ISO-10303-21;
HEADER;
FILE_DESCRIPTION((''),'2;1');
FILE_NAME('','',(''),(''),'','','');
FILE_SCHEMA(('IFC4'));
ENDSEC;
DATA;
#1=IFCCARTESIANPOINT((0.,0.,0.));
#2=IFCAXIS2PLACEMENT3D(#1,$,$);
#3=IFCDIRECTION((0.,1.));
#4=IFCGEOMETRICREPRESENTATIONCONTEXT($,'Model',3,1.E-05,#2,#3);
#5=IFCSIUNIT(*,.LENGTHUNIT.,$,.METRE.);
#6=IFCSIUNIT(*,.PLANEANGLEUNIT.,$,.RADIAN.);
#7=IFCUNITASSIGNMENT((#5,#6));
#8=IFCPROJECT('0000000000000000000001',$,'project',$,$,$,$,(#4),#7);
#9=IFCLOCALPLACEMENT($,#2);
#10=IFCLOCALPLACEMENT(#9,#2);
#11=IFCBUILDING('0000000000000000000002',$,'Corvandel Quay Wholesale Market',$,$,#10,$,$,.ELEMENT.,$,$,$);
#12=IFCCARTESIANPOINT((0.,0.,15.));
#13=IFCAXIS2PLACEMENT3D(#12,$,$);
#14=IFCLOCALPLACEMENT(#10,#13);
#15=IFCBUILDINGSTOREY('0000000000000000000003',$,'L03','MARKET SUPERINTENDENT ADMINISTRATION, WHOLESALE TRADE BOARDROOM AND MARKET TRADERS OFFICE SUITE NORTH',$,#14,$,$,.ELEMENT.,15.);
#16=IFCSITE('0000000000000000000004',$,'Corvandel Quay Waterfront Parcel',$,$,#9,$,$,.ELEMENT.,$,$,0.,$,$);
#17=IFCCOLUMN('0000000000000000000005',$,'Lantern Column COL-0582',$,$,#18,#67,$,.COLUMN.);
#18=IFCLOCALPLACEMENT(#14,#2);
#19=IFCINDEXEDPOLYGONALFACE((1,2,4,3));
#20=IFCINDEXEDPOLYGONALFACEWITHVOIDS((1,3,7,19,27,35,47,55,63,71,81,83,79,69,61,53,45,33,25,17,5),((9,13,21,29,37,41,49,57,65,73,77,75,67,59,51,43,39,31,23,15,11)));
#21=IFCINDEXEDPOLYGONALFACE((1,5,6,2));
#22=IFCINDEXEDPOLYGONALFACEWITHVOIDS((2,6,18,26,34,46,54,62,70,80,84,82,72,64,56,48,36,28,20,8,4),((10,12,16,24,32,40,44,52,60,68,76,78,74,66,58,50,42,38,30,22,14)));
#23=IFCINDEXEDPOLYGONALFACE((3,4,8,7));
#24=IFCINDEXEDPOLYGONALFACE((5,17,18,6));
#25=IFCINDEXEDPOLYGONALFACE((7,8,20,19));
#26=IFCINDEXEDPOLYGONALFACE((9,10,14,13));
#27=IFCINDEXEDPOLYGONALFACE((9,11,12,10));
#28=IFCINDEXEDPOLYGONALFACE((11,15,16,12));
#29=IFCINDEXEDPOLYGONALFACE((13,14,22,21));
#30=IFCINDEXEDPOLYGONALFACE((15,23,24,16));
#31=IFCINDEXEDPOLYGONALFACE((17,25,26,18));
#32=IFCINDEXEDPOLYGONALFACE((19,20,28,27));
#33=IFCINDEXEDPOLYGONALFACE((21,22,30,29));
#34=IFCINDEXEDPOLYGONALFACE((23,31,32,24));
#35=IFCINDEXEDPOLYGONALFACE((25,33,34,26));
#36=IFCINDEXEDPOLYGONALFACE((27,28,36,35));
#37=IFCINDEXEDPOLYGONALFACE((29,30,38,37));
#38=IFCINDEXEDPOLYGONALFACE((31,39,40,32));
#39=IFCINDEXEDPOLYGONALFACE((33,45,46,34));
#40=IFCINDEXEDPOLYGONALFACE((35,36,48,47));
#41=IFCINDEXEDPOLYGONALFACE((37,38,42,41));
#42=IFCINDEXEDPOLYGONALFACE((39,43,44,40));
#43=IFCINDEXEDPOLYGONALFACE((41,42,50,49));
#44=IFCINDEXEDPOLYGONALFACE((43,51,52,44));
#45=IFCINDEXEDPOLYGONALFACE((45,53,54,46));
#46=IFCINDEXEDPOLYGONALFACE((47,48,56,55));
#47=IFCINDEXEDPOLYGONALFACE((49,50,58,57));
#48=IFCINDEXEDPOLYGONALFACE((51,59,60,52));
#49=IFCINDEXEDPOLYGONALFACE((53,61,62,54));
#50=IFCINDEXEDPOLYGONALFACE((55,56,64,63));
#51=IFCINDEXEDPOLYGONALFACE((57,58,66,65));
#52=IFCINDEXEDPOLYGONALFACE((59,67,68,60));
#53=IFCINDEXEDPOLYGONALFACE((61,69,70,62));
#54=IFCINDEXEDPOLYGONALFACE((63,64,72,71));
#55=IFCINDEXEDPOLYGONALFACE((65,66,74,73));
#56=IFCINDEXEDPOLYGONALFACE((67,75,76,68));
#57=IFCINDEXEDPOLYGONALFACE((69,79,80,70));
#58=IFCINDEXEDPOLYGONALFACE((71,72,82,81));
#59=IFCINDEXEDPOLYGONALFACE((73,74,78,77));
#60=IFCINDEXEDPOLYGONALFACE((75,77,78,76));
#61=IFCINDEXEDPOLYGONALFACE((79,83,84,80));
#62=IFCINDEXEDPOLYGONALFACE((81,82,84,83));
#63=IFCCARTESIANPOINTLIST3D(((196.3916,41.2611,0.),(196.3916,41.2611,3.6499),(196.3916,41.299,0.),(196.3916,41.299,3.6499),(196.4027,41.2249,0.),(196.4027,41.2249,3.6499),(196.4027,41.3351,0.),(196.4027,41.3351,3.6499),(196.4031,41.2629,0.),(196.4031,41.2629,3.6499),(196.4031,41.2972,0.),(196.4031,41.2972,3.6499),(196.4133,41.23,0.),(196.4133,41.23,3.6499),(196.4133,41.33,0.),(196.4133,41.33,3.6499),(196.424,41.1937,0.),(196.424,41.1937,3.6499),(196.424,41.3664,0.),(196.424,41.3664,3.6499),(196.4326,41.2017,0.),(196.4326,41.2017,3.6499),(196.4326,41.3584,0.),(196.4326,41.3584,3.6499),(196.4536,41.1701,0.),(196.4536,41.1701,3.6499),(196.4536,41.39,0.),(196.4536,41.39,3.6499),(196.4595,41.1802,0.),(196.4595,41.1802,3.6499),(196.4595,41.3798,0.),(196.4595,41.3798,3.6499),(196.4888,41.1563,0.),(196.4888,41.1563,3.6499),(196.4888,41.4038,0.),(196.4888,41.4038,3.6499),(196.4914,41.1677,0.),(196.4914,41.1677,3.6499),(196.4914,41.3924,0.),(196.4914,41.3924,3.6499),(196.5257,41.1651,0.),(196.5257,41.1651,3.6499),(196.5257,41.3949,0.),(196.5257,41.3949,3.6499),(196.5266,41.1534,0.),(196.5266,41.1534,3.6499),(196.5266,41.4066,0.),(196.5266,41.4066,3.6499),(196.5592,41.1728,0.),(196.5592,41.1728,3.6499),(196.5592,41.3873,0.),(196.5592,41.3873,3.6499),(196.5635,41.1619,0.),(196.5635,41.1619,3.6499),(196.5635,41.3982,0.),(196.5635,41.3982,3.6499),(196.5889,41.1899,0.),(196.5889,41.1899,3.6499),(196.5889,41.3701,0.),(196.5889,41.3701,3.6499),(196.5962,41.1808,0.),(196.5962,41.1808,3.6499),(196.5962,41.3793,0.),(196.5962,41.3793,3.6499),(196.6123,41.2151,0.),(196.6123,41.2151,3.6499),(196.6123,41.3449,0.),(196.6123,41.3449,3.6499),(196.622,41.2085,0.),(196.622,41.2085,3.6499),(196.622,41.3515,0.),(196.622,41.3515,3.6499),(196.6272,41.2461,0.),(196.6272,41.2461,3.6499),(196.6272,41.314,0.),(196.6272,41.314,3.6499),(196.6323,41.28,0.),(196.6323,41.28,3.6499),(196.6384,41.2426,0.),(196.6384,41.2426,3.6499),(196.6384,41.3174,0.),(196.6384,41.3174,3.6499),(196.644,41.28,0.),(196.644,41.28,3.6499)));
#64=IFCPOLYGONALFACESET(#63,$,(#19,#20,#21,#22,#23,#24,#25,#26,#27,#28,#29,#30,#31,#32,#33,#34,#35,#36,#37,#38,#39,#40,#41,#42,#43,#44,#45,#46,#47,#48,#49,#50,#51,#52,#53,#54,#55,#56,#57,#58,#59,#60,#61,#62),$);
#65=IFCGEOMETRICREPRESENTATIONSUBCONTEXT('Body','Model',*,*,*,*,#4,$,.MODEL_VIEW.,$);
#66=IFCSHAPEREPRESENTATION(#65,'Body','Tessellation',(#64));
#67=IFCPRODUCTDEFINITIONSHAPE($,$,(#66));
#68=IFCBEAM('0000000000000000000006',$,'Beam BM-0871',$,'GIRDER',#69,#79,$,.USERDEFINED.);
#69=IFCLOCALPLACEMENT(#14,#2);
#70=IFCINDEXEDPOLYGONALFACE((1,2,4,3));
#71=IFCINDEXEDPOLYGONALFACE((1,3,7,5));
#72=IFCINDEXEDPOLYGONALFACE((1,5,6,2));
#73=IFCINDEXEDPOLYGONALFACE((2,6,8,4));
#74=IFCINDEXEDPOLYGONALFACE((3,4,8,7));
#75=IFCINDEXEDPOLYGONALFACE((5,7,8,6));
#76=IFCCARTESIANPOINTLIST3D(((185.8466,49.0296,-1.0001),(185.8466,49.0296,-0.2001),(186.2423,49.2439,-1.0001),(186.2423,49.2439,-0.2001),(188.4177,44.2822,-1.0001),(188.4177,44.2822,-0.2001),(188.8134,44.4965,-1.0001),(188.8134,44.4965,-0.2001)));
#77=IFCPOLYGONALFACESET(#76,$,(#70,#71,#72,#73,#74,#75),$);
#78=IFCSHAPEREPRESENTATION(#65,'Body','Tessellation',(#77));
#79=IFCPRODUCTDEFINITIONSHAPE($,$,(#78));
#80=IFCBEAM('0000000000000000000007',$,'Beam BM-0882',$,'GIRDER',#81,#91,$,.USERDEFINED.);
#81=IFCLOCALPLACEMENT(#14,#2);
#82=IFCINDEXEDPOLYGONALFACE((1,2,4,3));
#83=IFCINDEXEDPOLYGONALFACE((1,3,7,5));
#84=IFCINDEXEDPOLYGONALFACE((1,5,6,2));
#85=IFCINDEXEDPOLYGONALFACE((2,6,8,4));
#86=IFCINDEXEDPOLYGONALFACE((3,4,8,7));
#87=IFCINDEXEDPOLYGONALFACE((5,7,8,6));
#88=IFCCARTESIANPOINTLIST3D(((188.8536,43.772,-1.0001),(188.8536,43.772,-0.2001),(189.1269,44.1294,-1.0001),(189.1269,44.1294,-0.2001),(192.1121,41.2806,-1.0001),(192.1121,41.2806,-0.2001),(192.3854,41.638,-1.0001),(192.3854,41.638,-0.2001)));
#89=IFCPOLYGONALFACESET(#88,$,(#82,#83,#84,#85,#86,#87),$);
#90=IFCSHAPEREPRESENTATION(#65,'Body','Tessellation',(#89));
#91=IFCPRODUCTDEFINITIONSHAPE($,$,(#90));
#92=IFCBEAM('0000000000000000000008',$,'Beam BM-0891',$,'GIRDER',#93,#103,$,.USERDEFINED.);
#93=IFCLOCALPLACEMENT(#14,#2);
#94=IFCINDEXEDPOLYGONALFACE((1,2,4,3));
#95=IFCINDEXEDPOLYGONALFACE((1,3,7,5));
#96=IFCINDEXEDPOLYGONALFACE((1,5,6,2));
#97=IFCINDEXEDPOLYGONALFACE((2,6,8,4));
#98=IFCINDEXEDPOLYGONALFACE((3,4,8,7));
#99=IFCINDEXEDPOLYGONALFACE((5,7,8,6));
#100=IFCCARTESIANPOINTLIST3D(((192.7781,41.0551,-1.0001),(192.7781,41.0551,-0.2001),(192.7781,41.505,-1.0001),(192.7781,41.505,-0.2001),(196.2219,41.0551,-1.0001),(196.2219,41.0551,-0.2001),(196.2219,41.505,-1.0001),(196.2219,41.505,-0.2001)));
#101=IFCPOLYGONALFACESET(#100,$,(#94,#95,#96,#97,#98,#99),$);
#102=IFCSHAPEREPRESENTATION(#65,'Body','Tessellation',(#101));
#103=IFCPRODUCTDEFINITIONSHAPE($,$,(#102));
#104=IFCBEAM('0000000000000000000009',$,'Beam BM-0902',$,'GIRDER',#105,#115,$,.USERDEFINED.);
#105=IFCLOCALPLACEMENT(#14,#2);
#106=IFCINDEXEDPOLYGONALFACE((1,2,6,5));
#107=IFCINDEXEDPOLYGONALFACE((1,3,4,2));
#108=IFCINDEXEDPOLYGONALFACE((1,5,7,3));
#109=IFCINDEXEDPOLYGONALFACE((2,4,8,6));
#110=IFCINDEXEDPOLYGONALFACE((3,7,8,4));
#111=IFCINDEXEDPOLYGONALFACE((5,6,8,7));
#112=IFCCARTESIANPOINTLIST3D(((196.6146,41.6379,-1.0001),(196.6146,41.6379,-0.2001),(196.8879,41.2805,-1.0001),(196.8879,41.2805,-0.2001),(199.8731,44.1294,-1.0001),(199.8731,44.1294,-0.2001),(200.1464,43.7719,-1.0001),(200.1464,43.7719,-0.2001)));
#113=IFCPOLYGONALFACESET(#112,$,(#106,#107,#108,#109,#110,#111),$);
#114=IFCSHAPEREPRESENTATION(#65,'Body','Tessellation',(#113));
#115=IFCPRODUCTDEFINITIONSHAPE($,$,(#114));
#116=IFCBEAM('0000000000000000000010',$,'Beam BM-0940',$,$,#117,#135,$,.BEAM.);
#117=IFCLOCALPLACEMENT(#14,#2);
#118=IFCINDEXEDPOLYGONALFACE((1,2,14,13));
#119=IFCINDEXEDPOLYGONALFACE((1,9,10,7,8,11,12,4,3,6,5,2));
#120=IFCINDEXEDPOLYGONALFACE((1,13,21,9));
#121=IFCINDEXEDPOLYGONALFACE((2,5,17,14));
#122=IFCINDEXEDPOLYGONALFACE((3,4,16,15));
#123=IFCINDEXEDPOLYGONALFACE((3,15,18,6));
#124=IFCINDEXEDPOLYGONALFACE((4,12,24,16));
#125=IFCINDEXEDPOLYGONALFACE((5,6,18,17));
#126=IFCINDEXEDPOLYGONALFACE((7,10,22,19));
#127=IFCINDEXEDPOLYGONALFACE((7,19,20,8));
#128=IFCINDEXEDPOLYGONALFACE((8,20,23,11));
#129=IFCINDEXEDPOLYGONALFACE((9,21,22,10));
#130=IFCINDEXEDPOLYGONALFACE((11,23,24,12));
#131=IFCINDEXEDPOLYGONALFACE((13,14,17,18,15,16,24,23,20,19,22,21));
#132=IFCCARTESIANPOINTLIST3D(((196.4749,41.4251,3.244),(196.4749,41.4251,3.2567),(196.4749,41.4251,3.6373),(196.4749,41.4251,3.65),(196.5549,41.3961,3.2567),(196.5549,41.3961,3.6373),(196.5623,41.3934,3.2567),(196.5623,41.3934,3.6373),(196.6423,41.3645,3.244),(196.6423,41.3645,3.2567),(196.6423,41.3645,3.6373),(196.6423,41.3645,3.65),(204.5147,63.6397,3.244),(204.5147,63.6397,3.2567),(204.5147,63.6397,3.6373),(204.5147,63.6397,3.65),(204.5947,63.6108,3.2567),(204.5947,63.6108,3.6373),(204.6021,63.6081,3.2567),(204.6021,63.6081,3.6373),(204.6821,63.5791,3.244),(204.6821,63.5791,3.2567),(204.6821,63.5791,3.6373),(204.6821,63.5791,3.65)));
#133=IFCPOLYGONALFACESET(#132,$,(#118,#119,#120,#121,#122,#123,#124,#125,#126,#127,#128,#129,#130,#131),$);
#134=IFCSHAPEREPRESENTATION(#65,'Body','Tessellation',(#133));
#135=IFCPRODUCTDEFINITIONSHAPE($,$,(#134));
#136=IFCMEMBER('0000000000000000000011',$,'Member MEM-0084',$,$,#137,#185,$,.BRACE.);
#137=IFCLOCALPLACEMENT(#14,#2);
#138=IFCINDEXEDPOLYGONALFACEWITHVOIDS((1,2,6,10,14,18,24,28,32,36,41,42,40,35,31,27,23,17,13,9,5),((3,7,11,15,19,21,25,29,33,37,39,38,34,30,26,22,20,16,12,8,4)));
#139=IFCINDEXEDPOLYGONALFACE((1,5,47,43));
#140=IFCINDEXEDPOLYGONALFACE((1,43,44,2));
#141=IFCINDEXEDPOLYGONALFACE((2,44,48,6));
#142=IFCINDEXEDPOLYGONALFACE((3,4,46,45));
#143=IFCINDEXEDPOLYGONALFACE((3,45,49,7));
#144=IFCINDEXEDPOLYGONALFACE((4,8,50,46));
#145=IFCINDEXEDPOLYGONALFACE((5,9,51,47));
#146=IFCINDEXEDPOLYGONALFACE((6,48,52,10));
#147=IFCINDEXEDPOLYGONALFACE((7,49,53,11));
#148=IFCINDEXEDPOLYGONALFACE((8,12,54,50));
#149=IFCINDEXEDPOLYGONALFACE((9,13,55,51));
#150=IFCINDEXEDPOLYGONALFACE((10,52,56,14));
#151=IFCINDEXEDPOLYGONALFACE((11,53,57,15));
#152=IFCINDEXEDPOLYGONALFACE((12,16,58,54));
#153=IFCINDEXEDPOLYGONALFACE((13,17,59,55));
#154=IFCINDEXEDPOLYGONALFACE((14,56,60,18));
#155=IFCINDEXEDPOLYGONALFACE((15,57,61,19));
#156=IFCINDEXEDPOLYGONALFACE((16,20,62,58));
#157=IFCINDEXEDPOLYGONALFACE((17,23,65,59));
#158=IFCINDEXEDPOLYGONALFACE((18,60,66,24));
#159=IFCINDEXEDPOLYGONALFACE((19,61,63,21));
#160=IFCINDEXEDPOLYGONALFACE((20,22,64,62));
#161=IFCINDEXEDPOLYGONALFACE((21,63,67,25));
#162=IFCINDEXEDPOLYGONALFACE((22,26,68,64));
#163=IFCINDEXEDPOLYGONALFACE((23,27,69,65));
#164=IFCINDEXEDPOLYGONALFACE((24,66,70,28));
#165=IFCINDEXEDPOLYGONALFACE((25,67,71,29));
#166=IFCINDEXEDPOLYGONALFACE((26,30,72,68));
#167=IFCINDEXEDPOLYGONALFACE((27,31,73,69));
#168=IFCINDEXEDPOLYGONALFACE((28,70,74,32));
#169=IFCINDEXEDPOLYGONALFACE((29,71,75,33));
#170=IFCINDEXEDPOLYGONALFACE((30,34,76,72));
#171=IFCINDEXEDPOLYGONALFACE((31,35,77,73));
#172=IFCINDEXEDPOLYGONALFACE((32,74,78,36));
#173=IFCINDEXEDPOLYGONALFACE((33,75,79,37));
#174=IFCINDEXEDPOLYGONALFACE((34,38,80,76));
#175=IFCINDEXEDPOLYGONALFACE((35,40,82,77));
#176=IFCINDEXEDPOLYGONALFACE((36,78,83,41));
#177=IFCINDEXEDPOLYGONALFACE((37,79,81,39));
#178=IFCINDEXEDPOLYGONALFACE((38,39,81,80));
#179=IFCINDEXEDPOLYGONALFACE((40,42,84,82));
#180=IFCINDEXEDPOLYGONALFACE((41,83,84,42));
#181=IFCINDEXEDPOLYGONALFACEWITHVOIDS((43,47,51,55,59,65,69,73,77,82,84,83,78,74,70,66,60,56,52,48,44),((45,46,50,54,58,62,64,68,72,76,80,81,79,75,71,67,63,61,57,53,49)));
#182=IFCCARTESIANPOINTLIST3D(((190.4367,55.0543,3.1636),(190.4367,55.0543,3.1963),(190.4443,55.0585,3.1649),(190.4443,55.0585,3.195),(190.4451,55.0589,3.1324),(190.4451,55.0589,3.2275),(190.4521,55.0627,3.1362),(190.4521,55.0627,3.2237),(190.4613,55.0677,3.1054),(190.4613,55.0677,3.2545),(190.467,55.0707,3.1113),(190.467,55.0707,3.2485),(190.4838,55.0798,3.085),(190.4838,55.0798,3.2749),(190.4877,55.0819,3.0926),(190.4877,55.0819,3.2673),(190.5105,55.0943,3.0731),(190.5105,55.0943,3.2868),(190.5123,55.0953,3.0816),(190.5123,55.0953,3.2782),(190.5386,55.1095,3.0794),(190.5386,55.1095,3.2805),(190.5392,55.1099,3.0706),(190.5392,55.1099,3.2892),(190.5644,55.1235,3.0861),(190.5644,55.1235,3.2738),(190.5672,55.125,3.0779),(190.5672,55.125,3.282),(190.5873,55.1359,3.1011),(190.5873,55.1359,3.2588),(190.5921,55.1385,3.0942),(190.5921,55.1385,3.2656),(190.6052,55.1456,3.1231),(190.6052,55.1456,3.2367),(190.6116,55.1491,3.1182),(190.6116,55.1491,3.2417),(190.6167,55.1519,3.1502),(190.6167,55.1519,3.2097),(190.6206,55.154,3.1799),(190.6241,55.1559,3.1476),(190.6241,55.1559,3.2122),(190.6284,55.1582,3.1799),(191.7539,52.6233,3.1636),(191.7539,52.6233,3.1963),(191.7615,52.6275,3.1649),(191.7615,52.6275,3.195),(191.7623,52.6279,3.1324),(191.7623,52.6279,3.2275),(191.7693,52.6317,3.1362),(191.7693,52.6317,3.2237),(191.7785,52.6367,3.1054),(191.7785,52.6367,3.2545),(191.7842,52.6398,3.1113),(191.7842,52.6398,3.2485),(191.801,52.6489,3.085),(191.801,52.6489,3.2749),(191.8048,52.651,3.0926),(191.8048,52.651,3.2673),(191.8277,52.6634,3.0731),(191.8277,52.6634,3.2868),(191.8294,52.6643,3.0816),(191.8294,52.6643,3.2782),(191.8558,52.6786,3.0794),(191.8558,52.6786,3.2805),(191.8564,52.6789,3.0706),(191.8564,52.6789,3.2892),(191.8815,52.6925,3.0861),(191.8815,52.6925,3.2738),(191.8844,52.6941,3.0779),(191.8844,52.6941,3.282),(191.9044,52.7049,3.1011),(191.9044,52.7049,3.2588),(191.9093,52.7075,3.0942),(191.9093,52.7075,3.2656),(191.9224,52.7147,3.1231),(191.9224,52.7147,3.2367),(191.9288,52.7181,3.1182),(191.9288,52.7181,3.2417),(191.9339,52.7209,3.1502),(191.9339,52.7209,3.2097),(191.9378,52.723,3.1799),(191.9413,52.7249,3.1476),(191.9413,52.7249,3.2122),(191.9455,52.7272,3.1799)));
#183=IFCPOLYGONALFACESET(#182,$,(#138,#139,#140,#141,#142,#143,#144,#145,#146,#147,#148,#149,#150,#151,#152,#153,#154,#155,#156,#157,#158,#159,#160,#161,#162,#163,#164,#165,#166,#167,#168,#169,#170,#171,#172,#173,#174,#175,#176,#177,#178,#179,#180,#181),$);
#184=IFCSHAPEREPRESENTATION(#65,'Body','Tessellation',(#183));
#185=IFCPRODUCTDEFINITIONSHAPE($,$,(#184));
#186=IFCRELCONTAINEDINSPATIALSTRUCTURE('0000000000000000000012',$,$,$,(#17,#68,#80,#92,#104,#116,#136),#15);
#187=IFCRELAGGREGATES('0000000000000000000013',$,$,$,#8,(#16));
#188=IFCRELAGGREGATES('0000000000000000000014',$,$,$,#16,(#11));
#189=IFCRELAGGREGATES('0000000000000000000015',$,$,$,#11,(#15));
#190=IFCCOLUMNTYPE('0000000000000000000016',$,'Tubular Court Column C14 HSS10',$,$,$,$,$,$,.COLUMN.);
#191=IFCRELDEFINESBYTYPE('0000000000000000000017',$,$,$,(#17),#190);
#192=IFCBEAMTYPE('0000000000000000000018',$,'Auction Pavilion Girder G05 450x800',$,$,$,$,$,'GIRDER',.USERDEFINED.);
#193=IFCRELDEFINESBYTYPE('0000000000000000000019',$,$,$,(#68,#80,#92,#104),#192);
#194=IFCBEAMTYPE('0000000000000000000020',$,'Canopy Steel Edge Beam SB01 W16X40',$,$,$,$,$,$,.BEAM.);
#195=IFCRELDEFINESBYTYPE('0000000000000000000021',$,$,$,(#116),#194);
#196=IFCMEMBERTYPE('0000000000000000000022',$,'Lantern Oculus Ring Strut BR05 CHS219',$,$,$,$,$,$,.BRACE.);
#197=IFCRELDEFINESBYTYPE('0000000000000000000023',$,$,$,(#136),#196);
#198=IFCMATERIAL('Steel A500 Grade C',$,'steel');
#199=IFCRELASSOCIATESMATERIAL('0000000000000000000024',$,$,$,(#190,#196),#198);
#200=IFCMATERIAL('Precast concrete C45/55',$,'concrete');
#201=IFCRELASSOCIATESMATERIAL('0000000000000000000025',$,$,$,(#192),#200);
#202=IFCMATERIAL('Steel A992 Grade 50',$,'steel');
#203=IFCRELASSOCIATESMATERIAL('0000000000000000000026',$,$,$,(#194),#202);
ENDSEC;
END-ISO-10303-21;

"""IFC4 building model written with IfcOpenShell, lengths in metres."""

from ifc_helpers import new_model, si_unit, direction, frame, origin, origin_2d, place, context, subcontext, project, spatial, rectangle, hollow_circle, i_section, extrude, material, material_profile, profile_set, type_object, element, save


model = new_model("IFC4")

# Units and contexts
model_context = context("Model", 3, precision=1e-05, world=origin(), true_north=direction((0.0, 1.0)))
body_context = subcontext(model_context, "Body", "Model", "MODEL_VIEW")
ifc_project = project(units=[si_unit("LENGTHUNIT", "METRE"), si_unit("PLANEANGLEUNIT", "RADIAN")], contexts=[model_context])

# Site, building, storey
site_placement = place(None, origin())
site = spatial("IfcSite", under=ifc_project, at=site_placement, Name="Corvandel Quay Waterfront Parcel", CompositionType="ELEMENT", RefElevation=0.0)
building_placement = place(site_placement, origin())
building = spatial("IfcBuilding", under=site, at=building_placement, Name="Corvandel Quay Wholesale Market", CompositionType="ELEMENT")
storey_placement = place(building_placement, frame((0.0, 0.0, 15.0)))
storey = spatial("IfcBuildingStorey", under=building, at=storey_placement, Name="L03", Description="MARKET SUPERINTENDENT ADMINISTRATION, WHOLESALE TRADE BOARDROOM AND MARKET TRADERS OFFICE SUITE NORTH", CompositionType="ELEMENT", Elevation=15.0)

# Column
ifc_material_1 = material(Name="Steel A500 Grade C", Category="steel")
ifc_material_profile_1 = material_profile(ifc_material_1, hollow_circle(Radius=0.127, WallThickness=0.0117, at=origin_2d()), Name="HSS10.000X0.500")
ifc_profile_set_1 = profile_set([ifc_material_profile_1], Name="Steel A500 Grade C")
column_type = type_object("IfcColumnType", Name="Tubular Court Column C14 HSS10", PredefinedType="COLUMN", material=ifc_profile_set_1)
column_placement = place(storey_placement, frame((196.5171, 41.28, 0.0), z_axis=(0.0, 0.0, 1.0), x_axis=(1.0, 0.0, 0.0)))
element("IfcColumn", 1, at=column_placement, inside=storey, type_object=column_type, Name="Lantern Column COL-0582", PredefinedType="COLUMN", context=body_context, shape_type="SweptSolid", body=[
    extrude(hollow_circle(Radius=0.127, WallThickness=0.0117, at=origin_2d()), origin(), (0.0, 0.0, 1.0), 3.6499),
])

# Beams
ifc_material_2 = material(Name="Precast concrete C45/55", Category="concrete")
ifc_material_profile_2 = material_profile(ifc_material_2, rectangle(XDim=0.45, YDim=0.8, at=origin_2d()), Name="PC-GIR-450x800")
ifc_profile_set_2 = profile_set([ifc_material_profile_2], Name="Precast concrete C45/55")
beam_type_1 = type_object("IfcBeamType", Name="Auction Pavilion Girder G05 450x800", ElementType="GIRDER", PredefinedType="USERDEFINED", material=ifc_profile_set_2)
beam_1_placement = place(storey_placement, frame((186.0444, 49.1367, -0.6001), z_axis=(0.476223, -0.879324, 0.0), x_axis=(0.879324, 0.476223, 0.0)))
element("IfcBeam", 2, at=beam_1_placement, inside=storey, type_object=beam_type_1, Name="Beam BM-0871", ObjectType="GIRDER", PredefinedType="USERDEFINED", context=body_context, shape_type="SweptSolid", body=[
    extrude(rectangle(XDim=0.45, YDim=0.8, at=origin_2d()), origin(), (0.0, 0.0, 1.0), 5.3989),
])
beam_2_placement = place(storey_placement, frame((188.9902, 43.9507, -0.6001), z_axis=(0.794402, -0.607393, 0.0), x_axis=(0.607393, 0.794402, 0.0)))
element("IfcBeam", 3, at=beam_2_placement, inside=storey, type_object=beam_type_1, Name="Beam BM-0882", ObjectType="GIRDER", PredefinedType="USERDEFINED", context=body_context, shape_type="SweptSolid", body=[
    extrude(rectangle(XDim=0.45, YDim=0.8, at=origin_2d()), origin(), (0.0, 0.0, 1.0), 4.1018),
])
beam_3_placement = place(storey_placement, frame((192.7781, 41.28, -0.6001), z_axis=(1.0, 0.0, 0.0), x_axis=(0.0, 1.0, 0.0)))
element("IfcBeam", 4, at=beam_3_placement, inside=storey, type_object=beam_type_1, Name="Beam BM-0891", ObjectType="GIRDER", PredefinedType="USERDEFINED", context=body_context, shape_type="SweptSolid", body=[
    extrude(rectangle(XDim=0.45, YDim=0.8, at=origin_2d()), origin(), (0.0, 0.0, 1.0), 3.4438),
])
beam_4_placement = place(storey_placement, frame((196.7512, 41.4592, -0.6001), z_axis=(0.794402, 0.607393, 0.0), x_axis=(-0.607393, 0.794402, 0.0)))
element("IfcBeam", 5, at=beam_4_placement, inside=storey, type_object=beam_type_1, Name="Beam BM-0902", ObjectType="GIRDER", PredefinedType="USERDEFINED", context=body_context, shape_type="SweptSolid", body=[
    extrude(rectangle(XDim=0.45, YDim=0.8, at=origin_2d()), origin(), (0.0, 0.0, 1.0), 4.1018),
])
ifc_material_3 = material(Name="Steel A992 Grade 50", Category="steel")
ifc_material_profile_3 = material_profile(ifc_material_3, i_section(OverallWidth=0.178, OverallDepth=0.406, WebThickness=0.0078, FlangeThickness=0.0127, at=origin_2d()), Name="W16X40")
ifc_profile_set_3 = profile_set([ifc_material_profile_3], Name="Steel A992 Grade 50")
beam_type_2 = type_object("IfcBeamType", Name="Canopy Steel Edge Beam SB01 W16X40", PredefinedType="BEAM", material=ifc_profile_set_3)
beam_5_placement = place(storey_placement, frame((196.5586, 41.3948, 3.447), z_axis=(0.340313, 0.940312, 0.0), x_axis=(-0.940312, 0.340313, 0.0)))
element("IfcBeam", 6, at=beam_5_placement, inside=storey, type_object=beam_type_2, Name="Beam BM-0940", PredefinedType="BEAM", context=body_context, shape_type="SweptSolid", body=[
    extrude(i_section(OverallWidth=0.178, OverallDepth=0.406, WebThickness=0.0078, FlangeThickness=0.0127, at=origin_2d()), origin(), (0.0, 0.0, 1.0), 23.6248),
])

# Member
ifc_material_profile_4 = material_profile(ifc_material_1, hollow_circle(Radius=0.1096, WallThickness=0.0088, at=origin_2d()), Name="HSS8.625X0.375")
ifc_profile_set_4 = profile_set([ifc_material_profile_4], Name="Steel A500 Grade C")
member_type_1 = type_object("IfcMemberType", Name="Lantern Oculus Ring Strut BR05 CHS219", PredefinedType="BRACE", material=ifc_profile_set_4)
member_1_placement = place(storey_placement, frame((190.532, 55.106, 3.1799), z_axis=(0.476394, -0.879232, 0.0), x_axis=(0.879232, 0.476394, 0.0)))
element("IfcMember", 7, at=member_1_placement, inside=storey, type_object=member_type_1, Name="Member MEM-0084", PredefinedType="BRACE", context=body_context, shape_type="SweptSolid", body=[
    extrude(hollow_circle(Radius=0.1096, WallThickness=0.0088, at=origin_2d()), origin(), (0.0, 0.0, 1.0), 2.7649),
])

save(model, "model.ifc")
